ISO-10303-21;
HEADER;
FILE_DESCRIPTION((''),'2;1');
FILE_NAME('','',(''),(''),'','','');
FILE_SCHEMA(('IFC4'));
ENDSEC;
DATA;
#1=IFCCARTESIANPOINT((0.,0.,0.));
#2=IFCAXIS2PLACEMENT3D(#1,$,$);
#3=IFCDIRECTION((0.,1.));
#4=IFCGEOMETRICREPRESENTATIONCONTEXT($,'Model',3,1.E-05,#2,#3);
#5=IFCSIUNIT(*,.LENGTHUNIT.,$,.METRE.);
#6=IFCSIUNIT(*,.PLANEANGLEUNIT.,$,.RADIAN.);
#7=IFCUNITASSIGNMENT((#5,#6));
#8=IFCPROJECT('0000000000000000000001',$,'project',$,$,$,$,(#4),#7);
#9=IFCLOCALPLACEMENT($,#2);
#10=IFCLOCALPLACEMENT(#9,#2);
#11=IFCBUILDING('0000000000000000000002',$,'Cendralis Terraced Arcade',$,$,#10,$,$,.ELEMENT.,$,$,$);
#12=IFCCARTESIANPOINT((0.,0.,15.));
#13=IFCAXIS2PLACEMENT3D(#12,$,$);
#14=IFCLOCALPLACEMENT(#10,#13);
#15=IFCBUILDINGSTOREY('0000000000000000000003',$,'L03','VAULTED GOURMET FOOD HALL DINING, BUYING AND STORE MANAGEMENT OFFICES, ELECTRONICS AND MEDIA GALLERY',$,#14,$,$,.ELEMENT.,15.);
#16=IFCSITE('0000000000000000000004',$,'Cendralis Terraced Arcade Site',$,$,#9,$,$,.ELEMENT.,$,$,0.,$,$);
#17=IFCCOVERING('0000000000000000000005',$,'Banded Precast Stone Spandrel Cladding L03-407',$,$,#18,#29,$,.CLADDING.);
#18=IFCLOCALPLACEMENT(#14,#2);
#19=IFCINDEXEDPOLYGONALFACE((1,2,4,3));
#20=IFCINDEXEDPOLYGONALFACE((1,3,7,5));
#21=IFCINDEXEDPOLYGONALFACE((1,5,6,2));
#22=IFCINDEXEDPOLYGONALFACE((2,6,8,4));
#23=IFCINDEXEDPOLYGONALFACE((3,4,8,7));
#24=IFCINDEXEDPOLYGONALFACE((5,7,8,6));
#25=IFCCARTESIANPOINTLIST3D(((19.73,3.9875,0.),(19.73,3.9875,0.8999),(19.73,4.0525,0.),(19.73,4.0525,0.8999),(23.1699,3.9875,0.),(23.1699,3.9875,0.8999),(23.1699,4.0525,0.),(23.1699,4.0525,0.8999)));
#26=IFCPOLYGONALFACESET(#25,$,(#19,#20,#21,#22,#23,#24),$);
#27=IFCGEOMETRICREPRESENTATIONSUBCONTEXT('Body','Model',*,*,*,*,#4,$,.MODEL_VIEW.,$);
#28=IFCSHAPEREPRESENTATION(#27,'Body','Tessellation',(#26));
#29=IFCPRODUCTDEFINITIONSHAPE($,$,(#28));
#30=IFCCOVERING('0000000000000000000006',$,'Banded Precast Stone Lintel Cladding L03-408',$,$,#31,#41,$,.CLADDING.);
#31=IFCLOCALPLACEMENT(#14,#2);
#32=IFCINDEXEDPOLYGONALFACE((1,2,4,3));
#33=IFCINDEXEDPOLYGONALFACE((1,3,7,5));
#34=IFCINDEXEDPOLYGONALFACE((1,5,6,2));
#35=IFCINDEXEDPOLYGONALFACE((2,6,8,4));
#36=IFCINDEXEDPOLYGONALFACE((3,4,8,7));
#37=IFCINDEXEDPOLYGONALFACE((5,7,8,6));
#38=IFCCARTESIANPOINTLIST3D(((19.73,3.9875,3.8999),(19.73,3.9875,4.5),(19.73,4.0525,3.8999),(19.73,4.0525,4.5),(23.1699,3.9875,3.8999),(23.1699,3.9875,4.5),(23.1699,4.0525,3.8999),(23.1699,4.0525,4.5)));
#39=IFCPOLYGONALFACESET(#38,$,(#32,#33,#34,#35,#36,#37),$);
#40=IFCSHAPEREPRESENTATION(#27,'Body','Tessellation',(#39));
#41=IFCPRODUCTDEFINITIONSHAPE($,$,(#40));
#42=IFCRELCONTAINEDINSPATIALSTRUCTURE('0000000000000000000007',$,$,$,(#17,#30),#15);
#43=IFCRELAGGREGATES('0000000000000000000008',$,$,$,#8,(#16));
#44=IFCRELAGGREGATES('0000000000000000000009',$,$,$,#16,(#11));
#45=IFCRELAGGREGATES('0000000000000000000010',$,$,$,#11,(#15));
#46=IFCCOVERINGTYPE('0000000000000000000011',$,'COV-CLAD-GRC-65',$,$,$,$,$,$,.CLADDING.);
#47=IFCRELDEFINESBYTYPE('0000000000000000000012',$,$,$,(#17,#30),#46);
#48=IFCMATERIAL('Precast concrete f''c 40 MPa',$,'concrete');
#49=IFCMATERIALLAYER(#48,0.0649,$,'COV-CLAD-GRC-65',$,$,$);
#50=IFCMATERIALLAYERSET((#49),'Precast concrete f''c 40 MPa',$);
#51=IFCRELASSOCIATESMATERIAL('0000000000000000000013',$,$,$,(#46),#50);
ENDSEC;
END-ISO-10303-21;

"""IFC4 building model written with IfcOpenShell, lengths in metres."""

from ifc_helpers import new_model, si_unit, direction, frame, origin, origin_2d, place, context, subcontext, project, spatial, rectangle, extrude, material, layer, layer_set, type_object, element, save


model = new_model("IFC4")

# Units and contexts
model_context = context("Model", 3, precision=1e-05, world=origin(), true_north=direction((0.0, 1.0)))
body_context = subcontext(model_context, "Body", "Model", "MODEL_VIEW")
ifc_project = project(units=[si_unit("LENGTHUNIT", "METRE"), si_unit("PLANEANGLEUNIT", "RADIAN")], contexts=[model_context])

# Site, building, storey
site_placement = place(None, origin())
site = spatial("IfcSite", under=ifc_project, at=site_placement, Name="Cendralis Terraced Arcade Site", CompositionType="ELEMENT", RefElevation=0.0)
building_placement = place(site_placement, origin())
building = spatial("IfcBuilding", under=site, at=building_placement, Name="Cendralis Terraced Arcade", CompositionType="ELEMENT")
storey_placement = place(building_placement, frame((0.0, 0.0, 15.0)))
storey = spatial("IfcBuildingStorey", under=building, at=storey_placement, Name="L03", Description="VAULTED GOURMET FOOD HALL DINING, BUYING AND STORE MANAGEMENT OFFICES, ELECTRONICS AND MEDIA GALLERY", CompositionType="ELEMENT", Elevation=15.0)

# Shared definitions
ifc_material_1 = material(Name="Precast concrete f'c 40 MPa", Category="concrete")

# Coverings
ifc_layer_1 = layer(ifc_material_1, 0.0649, Name="COV-CLAD-GRC-65")
ifc_layer_set_1 = layer_set([ifc_layer_1], Name="Precast concrete f'c 40 MPa")
covering_type = type_object("IfcCoveringType", Name="COV-CLAD-GRC-65", PredefinedType="CLADDING", material=ifc_layer_set_1)
covering_1_placement = place(storey_placement, frame((21.45, 4.02, 0.0), z_axis=(0.0, 0.0, 1.0), x_axis=(-1.0, 0.0, 0.0)))
element("IfcCovering", 1, at=covering_1_placement, inside=storey, type_object=covering_type, Name="Banded Precast Stone Spandrel Cladding L03-407", PredefinedType="CLADDING", context=body_context, shape_type="SweptSolid", body=[
    extrude(rectangle(XDim=3.4399, YDim=0.0649, at=origin_2d()), origin(), (0.0, 0.0, 1.0), 0.8999),
])
covering_2_placement = place(storey_placement, frame((21.45, 4.02, 3.8999), z_axis=(0.0, 0.0, 1.0), x_axis=(-1.0, 0.0, 0.0)))
element("IfcCovering", 2, at=covering_2_placement, inside=storey, type_object=covering_type, Name="Banded Precast Stone Lintel Cladding L03-408", PredefinedType="CLADDING", context=body_context, shape_type="SweptSolid", body=[
    extrude(rectangle(XDim=3.4399, YDim=0.0649, at=origin_2d()), origin(), (0.0, 0.0, 1.0), 0.6001),
])

save(model, "model.ifc")
